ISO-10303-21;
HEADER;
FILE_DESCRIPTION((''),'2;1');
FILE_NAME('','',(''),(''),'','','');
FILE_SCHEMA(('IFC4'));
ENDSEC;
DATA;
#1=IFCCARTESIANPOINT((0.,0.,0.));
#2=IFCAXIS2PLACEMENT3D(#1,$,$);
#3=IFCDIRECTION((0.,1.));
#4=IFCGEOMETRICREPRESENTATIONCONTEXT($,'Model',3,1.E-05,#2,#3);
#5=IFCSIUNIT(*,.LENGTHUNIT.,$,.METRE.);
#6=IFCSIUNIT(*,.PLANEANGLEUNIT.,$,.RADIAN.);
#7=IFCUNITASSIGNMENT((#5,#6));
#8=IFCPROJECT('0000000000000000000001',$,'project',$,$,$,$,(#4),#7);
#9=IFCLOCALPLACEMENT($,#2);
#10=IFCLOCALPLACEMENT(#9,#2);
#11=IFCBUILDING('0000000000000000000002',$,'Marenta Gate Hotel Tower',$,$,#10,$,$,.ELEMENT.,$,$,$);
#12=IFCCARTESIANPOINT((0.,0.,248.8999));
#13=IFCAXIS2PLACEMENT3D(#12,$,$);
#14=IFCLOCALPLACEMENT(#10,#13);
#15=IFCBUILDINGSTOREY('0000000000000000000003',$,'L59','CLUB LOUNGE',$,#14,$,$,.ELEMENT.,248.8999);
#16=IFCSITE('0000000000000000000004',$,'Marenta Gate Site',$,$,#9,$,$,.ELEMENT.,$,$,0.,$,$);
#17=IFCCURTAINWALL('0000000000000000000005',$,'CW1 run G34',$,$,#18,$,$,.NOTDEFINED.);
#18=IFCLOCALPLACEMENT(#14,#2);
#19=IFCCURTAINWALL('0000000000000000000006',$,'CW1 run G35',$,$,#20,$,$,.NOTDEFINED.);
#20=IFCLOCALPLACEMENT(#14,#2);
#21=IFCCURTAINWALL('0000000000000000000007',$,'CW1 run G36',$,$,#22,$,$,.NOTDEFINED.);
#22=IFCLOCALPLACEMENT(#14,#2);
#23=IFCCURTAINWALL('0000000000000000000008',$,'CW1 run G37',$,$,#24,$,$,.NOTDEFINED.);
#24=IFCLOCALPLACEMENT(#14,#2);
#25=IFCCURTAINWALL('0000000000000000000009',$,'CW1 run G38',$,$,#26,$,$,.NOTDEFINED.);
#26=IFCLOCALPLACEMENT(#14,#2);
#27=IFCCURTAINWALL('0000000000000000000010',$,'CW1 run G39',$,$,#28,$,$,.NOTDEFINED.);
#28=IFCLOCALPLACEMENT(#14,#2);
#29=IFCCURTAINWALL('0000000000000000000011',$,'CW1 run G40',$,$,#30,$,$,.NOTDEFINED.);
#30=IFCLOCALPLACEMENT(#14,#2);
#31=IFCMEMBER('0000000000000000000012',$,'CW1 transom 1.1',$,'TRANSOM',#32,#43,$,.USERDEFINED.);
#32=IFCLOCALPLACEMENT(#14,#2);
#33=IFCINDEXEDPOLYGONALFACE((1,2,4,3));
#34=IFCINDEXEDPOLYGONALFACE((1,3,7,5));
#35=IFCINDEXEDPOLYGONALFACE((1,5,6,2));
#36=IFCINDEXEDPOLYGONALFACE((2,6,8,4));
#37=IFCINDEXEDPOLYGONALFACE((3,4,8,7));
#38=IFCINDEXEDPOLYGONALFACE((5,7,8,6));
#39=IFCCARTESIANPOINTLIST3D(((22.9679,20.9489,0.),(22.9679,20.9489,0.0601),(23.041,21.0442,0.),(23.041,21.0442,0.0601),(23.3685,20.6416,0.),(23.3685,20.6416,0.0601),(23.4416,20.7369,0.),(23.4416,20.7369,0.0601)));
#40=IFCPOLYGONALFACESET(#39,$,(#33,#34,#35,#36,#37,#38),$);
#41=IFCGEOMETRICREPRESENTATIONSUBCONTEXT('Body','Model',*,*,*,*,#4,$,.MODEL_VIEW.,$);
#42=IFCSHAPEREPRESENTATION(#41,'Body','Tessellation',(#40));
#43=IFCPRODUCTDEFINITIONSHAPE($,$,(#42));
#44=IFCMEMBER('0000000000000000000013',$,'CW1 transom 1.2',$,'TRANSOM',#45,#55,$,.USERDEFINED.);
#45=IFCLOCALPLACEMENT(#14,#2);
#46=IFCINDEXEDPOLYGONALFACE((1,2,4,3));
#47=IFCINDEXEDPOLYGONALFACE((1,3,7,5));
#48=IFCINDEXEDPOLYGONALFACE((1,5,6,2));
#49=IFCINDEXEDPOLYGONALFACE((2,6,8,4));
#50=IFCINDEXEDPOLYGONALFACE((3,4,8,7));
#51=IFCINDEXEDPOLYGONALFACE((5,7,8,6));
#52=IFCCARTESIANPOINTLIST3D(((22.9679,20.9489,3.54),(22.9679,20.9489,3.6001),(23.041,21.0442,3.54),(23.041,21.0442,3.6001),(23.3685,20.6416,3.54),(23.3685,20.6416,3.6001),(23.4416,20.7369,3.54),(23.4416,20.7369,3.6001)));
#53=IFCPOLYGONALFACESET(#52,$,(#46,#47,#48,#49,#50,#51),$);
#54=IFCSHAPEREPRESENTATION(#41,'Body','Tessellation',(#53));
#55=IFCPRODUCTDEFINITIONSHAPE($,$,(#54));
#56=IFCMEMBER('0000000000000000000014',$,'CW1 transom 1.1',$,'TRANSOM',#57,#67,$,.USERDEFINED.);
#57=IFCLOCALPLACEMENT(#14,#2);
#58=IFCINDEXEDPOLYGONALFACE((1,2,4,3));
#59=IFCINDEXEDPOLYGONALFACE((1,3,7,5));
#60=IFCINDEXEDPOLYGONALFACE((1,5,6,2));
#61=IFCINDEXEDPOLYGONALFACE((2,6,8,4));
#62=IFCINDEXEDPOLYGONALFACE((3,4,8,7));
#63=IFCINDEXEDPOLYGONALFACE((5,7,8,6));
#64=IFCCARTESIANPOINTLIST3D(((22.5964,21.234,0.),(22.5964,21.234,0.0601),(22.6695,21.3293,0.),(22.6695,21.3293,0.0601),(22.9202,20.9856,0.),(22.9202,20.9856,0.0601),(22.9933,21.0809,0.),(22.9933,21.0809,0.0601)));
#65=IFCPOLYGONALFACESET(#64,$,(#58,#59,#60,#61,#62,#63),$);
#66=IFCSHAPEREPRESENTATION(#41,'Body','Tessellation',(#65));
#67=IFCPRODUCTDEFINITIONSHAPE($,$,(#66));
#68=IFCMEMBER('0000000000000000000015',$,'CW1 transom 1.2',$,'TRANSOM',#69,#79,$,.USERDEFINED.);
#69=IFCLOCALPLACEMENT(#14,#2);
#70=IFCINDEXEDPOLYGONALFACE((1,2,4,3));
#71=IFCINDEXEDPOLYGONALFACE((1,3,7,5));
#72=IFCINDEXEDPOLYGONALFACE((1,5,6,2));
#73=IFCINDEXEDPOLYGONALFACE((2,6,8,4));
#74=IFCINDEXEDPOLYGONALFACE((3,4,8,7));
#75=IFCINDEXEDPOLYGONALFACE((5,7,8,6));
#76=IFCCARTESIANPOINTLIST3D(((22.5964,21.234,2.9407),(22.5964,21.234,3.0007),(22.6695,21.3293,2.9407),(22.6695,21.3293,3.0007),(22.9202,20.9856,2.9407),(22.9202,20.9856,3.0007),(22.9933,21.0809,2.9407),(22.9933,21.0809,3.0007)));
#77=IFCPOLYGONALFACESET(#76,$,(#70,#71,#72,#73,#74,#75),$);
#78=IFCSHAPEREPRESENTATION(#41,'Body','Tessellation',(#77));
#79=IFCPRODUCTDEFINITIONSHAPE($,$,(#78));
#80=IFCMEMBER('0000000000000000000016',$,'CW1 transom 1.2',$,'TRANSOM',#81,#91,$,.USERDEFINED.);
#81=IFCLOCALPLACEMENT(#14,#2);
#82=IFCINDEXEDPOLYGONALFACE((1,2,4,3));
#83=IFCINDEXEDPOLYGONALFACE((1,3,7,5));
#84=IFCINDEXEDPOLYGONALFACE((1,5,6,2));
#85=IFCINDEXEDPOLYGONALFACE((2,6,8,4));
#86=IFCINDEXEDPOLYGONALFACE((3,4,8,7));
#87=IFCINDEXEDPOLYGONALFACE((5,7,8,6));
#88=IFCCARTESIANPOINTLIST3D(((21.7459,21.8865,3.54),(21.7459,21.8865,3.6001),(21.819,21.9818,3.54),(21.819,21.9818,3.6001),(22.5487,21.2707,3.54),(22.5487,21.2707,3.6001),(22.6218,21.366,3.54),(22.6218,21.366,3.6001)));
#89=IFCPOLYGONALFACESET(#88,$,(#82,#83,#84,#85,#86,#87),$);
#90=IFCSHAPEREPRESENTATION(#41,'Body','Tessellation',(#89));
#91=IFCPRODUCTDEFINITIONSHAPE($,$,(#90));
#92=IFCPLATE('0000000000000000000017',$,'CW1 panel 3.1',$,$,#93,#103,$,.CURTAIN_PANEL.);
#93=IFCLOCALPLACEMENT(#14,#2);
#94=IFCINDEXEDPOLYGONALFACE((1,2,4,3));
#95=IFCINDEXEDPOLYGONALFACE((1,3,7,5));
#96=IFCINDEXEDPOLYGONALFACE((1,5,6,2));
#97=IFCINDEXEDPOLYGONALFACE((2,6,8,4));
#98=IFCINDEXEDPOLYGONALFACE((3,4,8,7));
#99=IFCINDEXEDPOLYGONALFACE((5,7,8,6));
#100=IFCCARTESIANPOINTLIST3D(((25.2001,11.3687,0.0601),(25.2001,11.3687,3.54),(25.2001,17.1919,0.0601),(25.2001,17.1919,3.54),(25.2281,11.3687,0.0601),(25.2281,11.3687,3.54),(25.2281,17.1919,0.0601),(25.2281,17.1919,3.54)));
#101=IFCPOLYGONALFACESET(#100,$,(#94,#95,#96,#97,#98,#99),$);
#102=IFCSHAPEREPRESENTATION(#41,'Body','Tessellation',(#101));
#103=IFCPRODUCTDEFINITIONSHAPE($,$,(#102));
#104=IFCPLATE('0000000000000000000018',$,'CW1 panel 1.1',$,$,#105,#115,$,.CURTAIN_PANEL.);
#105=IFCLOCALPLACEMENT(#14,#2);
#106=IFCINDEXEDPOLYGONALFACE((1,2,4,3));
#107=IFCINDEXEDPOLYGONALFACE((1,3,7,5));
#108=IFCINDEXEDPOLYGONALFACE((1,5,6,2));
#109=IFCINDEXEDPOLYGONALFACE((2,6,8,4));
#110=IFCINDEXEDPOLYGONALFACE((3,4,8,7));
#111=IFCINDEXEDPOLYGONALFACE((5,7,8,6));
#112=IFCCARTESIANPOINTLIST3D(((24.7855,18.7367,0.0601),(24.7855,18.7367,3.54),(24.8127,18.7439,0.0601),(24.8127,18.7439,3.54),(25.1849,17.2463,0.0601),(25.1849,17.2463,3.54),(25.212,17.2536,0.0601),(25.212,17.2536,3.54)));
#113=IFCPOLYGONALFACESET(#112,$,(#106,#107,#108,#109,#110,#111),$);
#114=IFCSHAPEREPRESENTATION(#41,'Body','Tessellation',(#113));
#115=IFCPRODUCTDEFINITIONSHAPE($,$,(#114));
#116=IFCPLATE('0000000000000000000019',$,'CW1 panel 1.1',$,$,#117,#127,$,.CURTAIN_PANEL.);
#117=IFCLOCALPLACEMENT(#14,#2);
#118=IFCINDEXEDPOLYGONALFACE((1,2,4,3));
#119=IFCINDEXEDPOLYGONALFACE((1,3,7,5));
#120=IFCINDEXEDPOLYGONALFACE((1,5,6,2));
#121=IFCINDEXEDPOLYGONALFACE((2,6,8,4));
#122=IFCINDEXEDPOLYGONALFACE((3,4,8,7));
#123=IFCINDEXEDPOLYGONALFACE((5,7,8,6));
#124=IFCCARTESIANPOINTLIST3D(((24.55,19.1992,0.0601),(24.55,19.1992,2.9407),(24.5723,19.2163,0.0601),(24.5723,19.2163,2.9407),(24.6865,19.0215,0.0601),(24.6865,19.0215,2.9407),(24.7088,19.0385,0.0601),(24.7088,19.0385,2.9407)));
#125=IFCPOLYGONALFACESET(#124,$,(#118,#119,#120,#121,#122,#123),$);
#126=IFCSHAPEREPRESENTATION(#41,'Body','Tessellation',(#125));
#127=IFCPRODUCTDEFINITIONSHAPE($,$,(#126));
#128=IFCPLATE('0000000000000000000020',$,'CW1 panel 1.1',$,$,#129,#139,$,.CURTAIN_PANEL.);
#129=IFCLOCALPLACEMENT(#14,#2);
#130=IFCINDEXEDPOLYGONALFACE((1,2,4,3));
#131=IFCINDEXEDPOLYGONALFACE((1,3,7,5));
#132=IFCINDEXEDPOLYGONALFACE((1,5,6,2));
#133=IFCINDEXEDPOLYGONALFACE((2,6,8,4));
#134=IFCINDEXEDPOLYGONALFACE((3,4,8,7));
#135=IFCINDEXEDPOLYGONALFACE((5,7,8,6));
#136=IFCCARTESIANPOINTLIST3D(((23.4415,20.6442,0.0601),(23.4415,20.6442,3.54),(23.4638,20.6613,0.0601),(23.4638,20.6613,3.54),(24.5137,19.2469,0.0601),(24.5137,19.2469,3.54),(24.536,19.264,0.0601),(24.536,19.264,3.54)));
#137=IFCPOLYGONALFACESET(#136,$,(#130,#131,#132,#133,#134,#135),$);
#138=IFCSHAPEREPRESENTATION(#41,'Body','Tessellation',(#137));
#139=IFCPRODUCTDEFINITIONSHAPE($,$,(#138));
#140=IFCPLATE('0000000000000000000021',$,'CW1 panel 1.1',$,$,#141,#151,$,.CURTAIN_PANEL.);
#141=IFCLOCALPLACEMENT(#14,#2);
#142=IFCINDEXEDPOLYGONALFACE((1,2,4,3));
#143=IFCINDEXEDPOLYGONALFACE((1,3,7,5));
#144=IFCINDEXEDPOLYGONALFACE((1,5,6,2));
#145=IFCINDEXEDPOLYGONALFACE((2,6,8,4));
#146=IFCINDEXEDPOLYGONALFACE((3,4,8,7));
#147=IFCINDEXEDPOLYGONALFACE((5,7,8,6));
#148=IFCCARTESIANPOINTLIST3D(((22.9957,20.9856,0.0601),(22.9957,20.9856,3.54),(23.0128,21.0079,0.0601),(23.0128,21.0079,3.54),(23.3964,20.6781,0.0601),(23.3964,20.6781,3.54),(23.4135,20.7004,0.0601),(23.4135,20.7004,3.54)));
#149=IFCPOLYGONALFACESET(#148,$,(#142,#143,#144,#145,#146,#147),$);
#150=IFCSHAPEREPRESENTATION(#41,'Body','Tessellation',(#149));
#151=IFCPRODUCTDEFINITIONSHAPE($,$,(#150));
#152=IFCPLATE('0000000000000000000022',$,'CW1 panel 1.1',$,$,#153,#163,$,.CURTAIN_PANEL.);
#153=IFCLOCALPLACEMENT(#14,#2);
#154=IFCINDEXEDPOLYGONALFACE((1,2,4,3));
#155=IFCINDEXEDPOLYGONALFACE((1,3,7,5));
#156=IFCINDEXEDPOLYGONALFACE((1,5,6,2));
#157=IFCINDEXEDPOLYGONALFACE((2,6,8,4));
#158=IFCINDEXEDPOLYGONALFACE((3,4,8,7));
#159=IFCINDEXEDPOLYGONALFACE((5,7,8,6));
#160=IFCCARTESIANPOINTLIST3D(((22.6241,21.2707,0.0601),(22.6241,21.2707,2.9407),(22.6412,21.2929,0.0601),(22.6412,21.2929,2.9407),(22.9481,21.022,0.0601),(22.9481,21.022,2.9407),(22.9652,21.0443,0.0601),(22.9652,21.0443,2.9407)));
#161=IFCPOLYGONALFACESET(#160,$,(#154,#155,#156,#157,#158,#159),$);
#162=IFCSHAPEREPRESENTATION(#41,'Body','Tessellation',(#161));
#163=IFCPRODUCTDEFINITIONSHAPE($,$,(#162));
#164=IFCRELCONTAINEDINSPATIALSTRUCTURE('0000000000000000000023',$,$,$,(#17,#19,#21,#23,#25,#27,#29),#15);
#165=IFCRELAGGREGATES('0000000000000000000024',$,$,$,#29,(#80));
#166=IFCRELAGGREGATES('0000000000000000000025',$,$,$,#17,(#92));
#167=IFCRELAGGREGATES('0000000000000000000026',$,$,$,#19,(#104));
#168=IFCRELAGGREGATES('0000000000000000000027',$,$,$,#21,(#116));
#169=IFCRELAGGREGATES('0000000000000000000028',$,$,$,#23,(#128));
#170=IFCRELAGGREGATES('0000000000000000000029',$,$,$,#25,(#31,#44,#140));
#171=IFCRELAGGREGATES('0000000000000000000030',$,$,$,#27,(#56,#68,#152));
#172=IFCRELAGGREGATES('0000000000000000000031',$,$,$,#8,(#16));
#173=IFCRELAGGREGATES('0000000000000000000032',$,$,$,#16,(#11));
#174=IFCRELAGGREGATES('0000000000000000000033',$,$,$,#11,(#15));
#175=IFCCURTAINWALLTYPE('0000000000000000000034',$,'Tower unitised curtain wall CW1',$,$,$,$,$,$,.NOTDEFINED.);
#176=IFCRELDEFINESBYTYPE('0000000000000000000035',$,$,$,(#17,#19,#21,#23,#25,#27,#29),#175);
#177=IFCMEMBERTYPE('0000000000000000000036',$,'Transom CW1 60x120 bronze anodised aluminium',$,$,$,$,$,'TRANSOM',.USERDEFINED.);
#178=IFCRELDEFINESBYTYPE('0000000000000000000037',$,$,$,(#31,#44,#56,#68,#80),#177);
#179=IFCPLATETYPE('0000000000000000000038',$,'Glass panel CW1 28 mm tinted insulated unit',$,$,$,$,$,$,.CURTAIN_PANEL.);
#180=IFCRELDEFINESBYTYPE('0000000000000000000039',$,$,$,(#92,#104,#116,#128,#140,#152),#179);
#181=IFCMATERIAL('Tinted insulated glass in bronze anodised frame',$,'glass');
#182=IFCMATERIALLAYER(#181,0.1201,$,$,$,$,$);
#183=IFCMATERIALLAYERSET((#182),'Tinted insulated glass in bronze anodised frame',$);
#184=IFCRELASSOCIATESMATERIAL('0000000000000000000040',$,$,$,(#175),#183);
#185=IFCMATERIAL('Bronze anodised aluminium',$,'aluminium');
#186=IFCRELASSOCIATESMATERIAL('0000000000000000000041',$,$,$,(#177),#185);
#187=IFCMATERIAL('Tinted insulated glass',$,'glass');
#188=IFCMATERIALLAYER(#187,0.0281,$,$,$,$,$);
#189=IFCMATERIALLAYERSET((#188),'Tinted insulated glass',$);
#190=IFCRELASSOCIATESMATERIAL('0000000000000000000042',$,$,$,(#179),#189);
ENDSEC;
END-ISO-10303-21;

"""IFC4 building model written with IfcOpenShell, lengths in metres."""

from ifc_helpers import new_model, si_unit, direction, frame, origin, origin_2d, place, context, subcontext, project, spatial, rectangle, extrude, material, layer, layer_set, material_profile, profile_set, type_object, element, aggregate, save


model = new_model("IFC4")

# Units and contexts
model_context = context("Model", 3, precision=1e-05, world=origin(), true_north=direction((0.0, 1.0)))
body_context = subcontext(model_context, "Body", "Model", "MODEL_VIEW")
ifc_project = project(units=[si_unit("LENGTHUNIT", "METRE"), si_unit("PLANEANGLEUNIT", "RADIAN")], contexts=[model_context])

# Site, building, storey
site_placement = place(None, origin())
site = spatial("IfcSite", under=ifc_project, at=site_placement, Name="Marenta Gate Site", CompositionType="ELEMENT", RefElevation=0.0)
building_placement = place(site_placement, origin())
building = spatial("IfcBuilding", under=site, at=building_placement, Name="Marenta Gate Hotel Tower", CompositionType="ELEMENT")
storey_placement = place(building_placement, frame((0.0, 0.0, 248.8999)))
storey = spatial("IfcBuildingStorey", under=building, at=storey_placement, Name="L59", Description="CLUB LOUNGE", CompositionType="ELEMENT", Elevation=248.8999)

# Curtain wall
ifc_material_1 = material(Name="Tinted insulated glass in bronze anodised frame", Category="glass")
ifc_layer_1 = layer(ifc_material_1, 0.1201)
ifc_layer_set_1 = layer_set([ifc_layer_1], Name="Tinted insulated glass in bronze anodised frame")
curtain_wall_type = type_object("IfcCurtainWallType", Name="Tower unitised curtain wall CW1", PredefinedType="NOTDEFINED", material=ifc_layer_set_1)
curtain_wall_1_placement = place(storey_placement, origin())
curtain_wall_1 = element("IfcCurtainWall", 1, at=curtain_wall_1_placement, inside=storey, type_object=curtain_wall_type, Name="CW1 run G34", PredefinedType="NOTDEFINED")

# Curtain wall
curtain_wall_2_placement = place(storey_placement, origin())
curtain_wall_2 = element("IfcCurtainWall", 2, at=curtain_wall_2_placement, inside=storey, type_object=curtain_wall_type, Name="CW1 run G35", PredefinedType="NOTDEFINED")

# Curtain walls
curtain_wall_3_placement = place(storey_placement, origin())
curtain_wall_3 = element("IfcCurtainWall", 3, at=curtain_wall_3_placement, inside=storey, type_object=curtain_wall_type, Name="CW1 run G36", PredefinedType="NOTDEFINED")
curtain_wall_4_placement = place(storey_placement, origin())
curtain_wall_4 = element("IfcCurtainWall", 4, at=curtain_wall_4_placement, inside=storey, type_object=curtain_wall_type, Name="CW1 run G37", PredefinedType="NOTDEFINED")
curtain_wall_5_placement = place(storey_placement, origin())
curtain_wall_5 = element("IfcCurtainWall", 5, at=curtain_wall_5_placement, inside=storey, type_object=curtain_wall_type, Name="CW1 run G38", PredefinedType="NOTDEFINED")
curtain_wall_6_placement = place(storey_placement, origin())
curtain_wall_6 = element("IfcCurtainWall", 6, at=curtain_wall_6_placement, inside=storey, type_object=curtain_wall_type, Name="CW1 run G39", PredefinedType="NOTDEFINED")
curtain_wall_7_placement = place(storey_placement, origin())
curtain_wall_7 = element("IfcCurtainWall", 7, at=curtain_wall_7_placement, inside=storey, type_object=curtain_wall_type, Name="CW1 run G40", PredefinedType="NOTDEFINED")

# Members
ifc_material_2 = material(Name="Bronze anodised aluminium", Category="aluminium")
ifc_material_profile_1 = material_profile(ifc_material_2, rectangle(XDim=0.1201, YDim=0.0601, at=origin_2d()), Name="Transom CW1 60x120 bronze anodised aluminium")
ifc_profile_set_1 = profile_set([ifc_material_profile_1], Name="Bronze anodised aluminium")
member_type_1 = type_object("IfcMemberType", Name="Transom CW1 60x120 bronze anodised aluminium", ElementType="TRANSOM", PredefinedType="USERDEFINED", material=ifc_profile_set_1)
member_1_placement = place(storey_placement, frame((23.405, 20.6892, 0.03), z_axis=(-0.793396, 0.608706, 0.0), x_axis=(-0.608706, -0.793396, 0.0)))
member_1 = element("IfcMember", 8, at=member_1_placement, type_object=member_type_1, Name="CW1 transom 1.1", ObjectType="TRANSOM", PredefinedType="USERDEFINED", context=body_context, shape_type="SweptSolid", body=[
    extrude(rectangle(XDim=0.1201, YDim=0.0601, at=origin_2d()), origin(), (0.0, 0.0, 1.0), 0.5049),
])
member_2_placement = place(storey_placement, frame((23.405, 20.6892, 3.5701), z_axis=(-0.793396, 0.608706, 0.0), x_axis=(-0.608706, -0.793396, 0.0)))
member_2 = element("IfcMember", 9, at=member_2_placement, type_object=member_type_1, Name="CW1 transom 1.2", ObjectType="TRANSOM", PredefinedType="USERDEFINED", context=body_context, shape_type="SweptSolid", body=[
    extrude(rectangle(XDim=0.1201, YDim=0.0601, at=origin_2d()), origin(), (0.0, 0.0, 1.0), 0.5049),
])
member_3_placement = place(storey_placement, frame((22.9568, 21.0332, 0.03), z_axis=(-0.793423, 0.60867, 0.0), x_axis=(-0.60867, -0.793423, 0.0)))
member_3 = element("IfcMember", 10, at=member_3_placement, type_object=member_type_1, Name="CW1 transom 1.1", ObjectType="TRANSOM", PredefinedType="USERDEFINED", context=body_context, shape_type="SweptSolid", body=[
    extrude(rectangle(XDim=0.1201, YDim=0.0601, at=origin_2d()), origin(), (0.0, 0.0, 1.0), 0.4082),
])
member_4_placement = place(storey_placement, frame((22.9568, 21.0332, 2.9707), z_axis=(-0.793423, 0.60867, 0.0), x_axis=(-0.60867, -0.793423, 0.0)))
member_4 = element("IfcMember", 11, at=member_4_placement, type_object=member_type_1, Name="CW1 transom 1.2", ObjectType="TRANSOM", PredefinedType="USERDEFINED", context=body_context, shape_type="SweptSolid", body=[
    extrude(rectangle(XDim=0.1201, YDim=0.0601, at=origin_2d()), origin(), (0.0, 0.0, 1.0), 0.4082),
])
member_5_placement = place(storey_placement, frame((22.5852, 21.3184, 3.5701), z_axis=(-0.793467, 0.608614, 0.0), x_axis=(-0.608614, -0.793467, 0.0)))
member_5 = element("IfcMember", 12, at=member_5_placement, type_object=member_type_1, Name="CW1 transom 1.2", ObjectType="TRANSOM", PredefinedType="USERDEFINED", context=body_context, shape_type="SweptSolid", body=[
    extrude(rectangle(XDim=0.1201, YDim=0.0601, at=origin_2d()), origin(), (0.0, 0.0, 1.0), 1.0117),
])
aggregate(curtain_wall_7, [member_5])

# Plates
ifc_material_3 = material(Name="Tinted insulated glass", Category="glass")
ifc_layer_2 = layer(ifc_material_3, 0.0281)
ifc_layer_set_2 = layer_set([ifc_layer_2], Name="Tinted insulated glass")
plate_type = type_object("IfcPlateType", Name="Glass panel CW1 28 mm tinted insulated unit", PredefinedType="CURTAIN_PANEL", material=ifc_layer_set_2)
plate_1_placement = place(storey_placement, frame((25.2141, 14.2803, 0.0601), z_axis=(0.0, 0.0, 1.0), x_axis=(0.0, 1.0, 0.0)))
plate_1 = element("IfcPlate", 13, at=plate_1_placement, type_object=plate_type, Name="CW1 panel 3.1", PredefinedType="CURTAIN_PANEL", context=body_context, shape_type="SweptSolid", body=[
    extrude(rectangle(XDim=5.8232, YDim=0.0281, at=origin_2d()), origin(), (0.0, 0.0, 1.0), 3.48),
])
aggregate(curtain_wall_1, [plate_1])
plate_2_placement = place(storey_placement, frame((24.9988, 17.9951, 0.0601), z_axis=(0.0, 0.0, 1.0), x_axis=(-0.25883, 0.965923, 0.0)))
plate_2 = element("IfcPlate", 14, at=plate_2_placement, type_object=plate_type, Name="CW1 panel 1.1", PredefinedType="CURTAIN_PANEL", context=body_context, shape_type="SweptSolid", body=[
    extrude(rectangle(XDim=1.543, YDim=0.0281, at=origin_2d()), origin(), (0.0, 0.0, 1.0), 3.48),
])
aggregate(curtain_wall_2, [plate_2])
plate_3_placement = place(storey_placement, frame((24.6294, 19.1189, 0.0601), z_axis=(0.0, 0.0, 1.0), x_axis=(-0.608808, 0.793317, 0.0)))
plate_3 = element("IfcPlate", 15, at=plate_3_placement, type_object=plate_type, Name="CW1 panel 1.1", PredefinedType="CURTAIN_PANEL", context=body_context, shape_type="SweptSolid", body=[
    extrude(rectangle(XDim=0.2241, YDim=0.0281, at=origin_2d()), origin(), (0.0, 0.0, 1.0), 2.8806),
])
aggregate(curtain_wall_3, [plate_3])
plate_4_placement = place(storey_placement, frame((23.9888, 19.9541, 0.0601), z_axis=(0.0, 0.0, 1.0), x_axis=(-0.608784, 0.793336, 0.0)))
plate_4 = element("IfcPlate", 16, at=plate_4_placement, type_object=plate_type, Name="CW1 panel 1.1", PredefinedType="CURTAIN_PANEL", context=body_context, shape_type="SweptSolid", body=[
    extrude(rectangle(XDim=1.7612, YDim=0.0281, at=origin_2d()), origin(), (0.0, 0.0, 1.0), 3.48),
])
aggregate(curtain_wall_4, [plate_4])
plate_5_placement = place(storey_placement, frame((23.2046, 20.843, 0.0601), z_axis=(0.0, 0.0, 1.0), x_axis=(-0.793347, 0.60877, 0.0)))
plate_5 = element("IfcPlate", 17, at=plate_5_placement, type_object=plate_type, Name="CW1 panel 1.1", PredefinedType="CURTAIN_PANEL", context=body_context, shape_type="SweptSolid", body=[
    extrude(rectangle(XDim=0.5051, YDim=0.0281, at=origin_2d()), origin(), (0.0, 0.0, 1.0), 3.48),
])
aggregate(curtain_wall_5, [member_1, member_2, plate_5])
plate_6_placement = place(storey_placement, frame((22.7947, 21.1575, 0.0601), z_axis=(0.0, 0.0, 1.0), x_axis=(-0.79329, 0.608844, 0.0)))
plate_6 = element("IfcPlate", 18, at=plate_6_placement, type_object=plate_type, Name="CW1 panel 1.1", PredefinedType="CURTAIN_PANEL", context=body_context, shape_type="SweptSolid", body=[
    extrude(rectangle(XDim=0.4084, YDim=0.0281, at=origin_2d()), origin(), (0.0, 0.0, 1.0), 2.8806),
])
aggregate(curtain_wall_6, [member_3, member_4, plate_6])

save(model, "model.ifc")
